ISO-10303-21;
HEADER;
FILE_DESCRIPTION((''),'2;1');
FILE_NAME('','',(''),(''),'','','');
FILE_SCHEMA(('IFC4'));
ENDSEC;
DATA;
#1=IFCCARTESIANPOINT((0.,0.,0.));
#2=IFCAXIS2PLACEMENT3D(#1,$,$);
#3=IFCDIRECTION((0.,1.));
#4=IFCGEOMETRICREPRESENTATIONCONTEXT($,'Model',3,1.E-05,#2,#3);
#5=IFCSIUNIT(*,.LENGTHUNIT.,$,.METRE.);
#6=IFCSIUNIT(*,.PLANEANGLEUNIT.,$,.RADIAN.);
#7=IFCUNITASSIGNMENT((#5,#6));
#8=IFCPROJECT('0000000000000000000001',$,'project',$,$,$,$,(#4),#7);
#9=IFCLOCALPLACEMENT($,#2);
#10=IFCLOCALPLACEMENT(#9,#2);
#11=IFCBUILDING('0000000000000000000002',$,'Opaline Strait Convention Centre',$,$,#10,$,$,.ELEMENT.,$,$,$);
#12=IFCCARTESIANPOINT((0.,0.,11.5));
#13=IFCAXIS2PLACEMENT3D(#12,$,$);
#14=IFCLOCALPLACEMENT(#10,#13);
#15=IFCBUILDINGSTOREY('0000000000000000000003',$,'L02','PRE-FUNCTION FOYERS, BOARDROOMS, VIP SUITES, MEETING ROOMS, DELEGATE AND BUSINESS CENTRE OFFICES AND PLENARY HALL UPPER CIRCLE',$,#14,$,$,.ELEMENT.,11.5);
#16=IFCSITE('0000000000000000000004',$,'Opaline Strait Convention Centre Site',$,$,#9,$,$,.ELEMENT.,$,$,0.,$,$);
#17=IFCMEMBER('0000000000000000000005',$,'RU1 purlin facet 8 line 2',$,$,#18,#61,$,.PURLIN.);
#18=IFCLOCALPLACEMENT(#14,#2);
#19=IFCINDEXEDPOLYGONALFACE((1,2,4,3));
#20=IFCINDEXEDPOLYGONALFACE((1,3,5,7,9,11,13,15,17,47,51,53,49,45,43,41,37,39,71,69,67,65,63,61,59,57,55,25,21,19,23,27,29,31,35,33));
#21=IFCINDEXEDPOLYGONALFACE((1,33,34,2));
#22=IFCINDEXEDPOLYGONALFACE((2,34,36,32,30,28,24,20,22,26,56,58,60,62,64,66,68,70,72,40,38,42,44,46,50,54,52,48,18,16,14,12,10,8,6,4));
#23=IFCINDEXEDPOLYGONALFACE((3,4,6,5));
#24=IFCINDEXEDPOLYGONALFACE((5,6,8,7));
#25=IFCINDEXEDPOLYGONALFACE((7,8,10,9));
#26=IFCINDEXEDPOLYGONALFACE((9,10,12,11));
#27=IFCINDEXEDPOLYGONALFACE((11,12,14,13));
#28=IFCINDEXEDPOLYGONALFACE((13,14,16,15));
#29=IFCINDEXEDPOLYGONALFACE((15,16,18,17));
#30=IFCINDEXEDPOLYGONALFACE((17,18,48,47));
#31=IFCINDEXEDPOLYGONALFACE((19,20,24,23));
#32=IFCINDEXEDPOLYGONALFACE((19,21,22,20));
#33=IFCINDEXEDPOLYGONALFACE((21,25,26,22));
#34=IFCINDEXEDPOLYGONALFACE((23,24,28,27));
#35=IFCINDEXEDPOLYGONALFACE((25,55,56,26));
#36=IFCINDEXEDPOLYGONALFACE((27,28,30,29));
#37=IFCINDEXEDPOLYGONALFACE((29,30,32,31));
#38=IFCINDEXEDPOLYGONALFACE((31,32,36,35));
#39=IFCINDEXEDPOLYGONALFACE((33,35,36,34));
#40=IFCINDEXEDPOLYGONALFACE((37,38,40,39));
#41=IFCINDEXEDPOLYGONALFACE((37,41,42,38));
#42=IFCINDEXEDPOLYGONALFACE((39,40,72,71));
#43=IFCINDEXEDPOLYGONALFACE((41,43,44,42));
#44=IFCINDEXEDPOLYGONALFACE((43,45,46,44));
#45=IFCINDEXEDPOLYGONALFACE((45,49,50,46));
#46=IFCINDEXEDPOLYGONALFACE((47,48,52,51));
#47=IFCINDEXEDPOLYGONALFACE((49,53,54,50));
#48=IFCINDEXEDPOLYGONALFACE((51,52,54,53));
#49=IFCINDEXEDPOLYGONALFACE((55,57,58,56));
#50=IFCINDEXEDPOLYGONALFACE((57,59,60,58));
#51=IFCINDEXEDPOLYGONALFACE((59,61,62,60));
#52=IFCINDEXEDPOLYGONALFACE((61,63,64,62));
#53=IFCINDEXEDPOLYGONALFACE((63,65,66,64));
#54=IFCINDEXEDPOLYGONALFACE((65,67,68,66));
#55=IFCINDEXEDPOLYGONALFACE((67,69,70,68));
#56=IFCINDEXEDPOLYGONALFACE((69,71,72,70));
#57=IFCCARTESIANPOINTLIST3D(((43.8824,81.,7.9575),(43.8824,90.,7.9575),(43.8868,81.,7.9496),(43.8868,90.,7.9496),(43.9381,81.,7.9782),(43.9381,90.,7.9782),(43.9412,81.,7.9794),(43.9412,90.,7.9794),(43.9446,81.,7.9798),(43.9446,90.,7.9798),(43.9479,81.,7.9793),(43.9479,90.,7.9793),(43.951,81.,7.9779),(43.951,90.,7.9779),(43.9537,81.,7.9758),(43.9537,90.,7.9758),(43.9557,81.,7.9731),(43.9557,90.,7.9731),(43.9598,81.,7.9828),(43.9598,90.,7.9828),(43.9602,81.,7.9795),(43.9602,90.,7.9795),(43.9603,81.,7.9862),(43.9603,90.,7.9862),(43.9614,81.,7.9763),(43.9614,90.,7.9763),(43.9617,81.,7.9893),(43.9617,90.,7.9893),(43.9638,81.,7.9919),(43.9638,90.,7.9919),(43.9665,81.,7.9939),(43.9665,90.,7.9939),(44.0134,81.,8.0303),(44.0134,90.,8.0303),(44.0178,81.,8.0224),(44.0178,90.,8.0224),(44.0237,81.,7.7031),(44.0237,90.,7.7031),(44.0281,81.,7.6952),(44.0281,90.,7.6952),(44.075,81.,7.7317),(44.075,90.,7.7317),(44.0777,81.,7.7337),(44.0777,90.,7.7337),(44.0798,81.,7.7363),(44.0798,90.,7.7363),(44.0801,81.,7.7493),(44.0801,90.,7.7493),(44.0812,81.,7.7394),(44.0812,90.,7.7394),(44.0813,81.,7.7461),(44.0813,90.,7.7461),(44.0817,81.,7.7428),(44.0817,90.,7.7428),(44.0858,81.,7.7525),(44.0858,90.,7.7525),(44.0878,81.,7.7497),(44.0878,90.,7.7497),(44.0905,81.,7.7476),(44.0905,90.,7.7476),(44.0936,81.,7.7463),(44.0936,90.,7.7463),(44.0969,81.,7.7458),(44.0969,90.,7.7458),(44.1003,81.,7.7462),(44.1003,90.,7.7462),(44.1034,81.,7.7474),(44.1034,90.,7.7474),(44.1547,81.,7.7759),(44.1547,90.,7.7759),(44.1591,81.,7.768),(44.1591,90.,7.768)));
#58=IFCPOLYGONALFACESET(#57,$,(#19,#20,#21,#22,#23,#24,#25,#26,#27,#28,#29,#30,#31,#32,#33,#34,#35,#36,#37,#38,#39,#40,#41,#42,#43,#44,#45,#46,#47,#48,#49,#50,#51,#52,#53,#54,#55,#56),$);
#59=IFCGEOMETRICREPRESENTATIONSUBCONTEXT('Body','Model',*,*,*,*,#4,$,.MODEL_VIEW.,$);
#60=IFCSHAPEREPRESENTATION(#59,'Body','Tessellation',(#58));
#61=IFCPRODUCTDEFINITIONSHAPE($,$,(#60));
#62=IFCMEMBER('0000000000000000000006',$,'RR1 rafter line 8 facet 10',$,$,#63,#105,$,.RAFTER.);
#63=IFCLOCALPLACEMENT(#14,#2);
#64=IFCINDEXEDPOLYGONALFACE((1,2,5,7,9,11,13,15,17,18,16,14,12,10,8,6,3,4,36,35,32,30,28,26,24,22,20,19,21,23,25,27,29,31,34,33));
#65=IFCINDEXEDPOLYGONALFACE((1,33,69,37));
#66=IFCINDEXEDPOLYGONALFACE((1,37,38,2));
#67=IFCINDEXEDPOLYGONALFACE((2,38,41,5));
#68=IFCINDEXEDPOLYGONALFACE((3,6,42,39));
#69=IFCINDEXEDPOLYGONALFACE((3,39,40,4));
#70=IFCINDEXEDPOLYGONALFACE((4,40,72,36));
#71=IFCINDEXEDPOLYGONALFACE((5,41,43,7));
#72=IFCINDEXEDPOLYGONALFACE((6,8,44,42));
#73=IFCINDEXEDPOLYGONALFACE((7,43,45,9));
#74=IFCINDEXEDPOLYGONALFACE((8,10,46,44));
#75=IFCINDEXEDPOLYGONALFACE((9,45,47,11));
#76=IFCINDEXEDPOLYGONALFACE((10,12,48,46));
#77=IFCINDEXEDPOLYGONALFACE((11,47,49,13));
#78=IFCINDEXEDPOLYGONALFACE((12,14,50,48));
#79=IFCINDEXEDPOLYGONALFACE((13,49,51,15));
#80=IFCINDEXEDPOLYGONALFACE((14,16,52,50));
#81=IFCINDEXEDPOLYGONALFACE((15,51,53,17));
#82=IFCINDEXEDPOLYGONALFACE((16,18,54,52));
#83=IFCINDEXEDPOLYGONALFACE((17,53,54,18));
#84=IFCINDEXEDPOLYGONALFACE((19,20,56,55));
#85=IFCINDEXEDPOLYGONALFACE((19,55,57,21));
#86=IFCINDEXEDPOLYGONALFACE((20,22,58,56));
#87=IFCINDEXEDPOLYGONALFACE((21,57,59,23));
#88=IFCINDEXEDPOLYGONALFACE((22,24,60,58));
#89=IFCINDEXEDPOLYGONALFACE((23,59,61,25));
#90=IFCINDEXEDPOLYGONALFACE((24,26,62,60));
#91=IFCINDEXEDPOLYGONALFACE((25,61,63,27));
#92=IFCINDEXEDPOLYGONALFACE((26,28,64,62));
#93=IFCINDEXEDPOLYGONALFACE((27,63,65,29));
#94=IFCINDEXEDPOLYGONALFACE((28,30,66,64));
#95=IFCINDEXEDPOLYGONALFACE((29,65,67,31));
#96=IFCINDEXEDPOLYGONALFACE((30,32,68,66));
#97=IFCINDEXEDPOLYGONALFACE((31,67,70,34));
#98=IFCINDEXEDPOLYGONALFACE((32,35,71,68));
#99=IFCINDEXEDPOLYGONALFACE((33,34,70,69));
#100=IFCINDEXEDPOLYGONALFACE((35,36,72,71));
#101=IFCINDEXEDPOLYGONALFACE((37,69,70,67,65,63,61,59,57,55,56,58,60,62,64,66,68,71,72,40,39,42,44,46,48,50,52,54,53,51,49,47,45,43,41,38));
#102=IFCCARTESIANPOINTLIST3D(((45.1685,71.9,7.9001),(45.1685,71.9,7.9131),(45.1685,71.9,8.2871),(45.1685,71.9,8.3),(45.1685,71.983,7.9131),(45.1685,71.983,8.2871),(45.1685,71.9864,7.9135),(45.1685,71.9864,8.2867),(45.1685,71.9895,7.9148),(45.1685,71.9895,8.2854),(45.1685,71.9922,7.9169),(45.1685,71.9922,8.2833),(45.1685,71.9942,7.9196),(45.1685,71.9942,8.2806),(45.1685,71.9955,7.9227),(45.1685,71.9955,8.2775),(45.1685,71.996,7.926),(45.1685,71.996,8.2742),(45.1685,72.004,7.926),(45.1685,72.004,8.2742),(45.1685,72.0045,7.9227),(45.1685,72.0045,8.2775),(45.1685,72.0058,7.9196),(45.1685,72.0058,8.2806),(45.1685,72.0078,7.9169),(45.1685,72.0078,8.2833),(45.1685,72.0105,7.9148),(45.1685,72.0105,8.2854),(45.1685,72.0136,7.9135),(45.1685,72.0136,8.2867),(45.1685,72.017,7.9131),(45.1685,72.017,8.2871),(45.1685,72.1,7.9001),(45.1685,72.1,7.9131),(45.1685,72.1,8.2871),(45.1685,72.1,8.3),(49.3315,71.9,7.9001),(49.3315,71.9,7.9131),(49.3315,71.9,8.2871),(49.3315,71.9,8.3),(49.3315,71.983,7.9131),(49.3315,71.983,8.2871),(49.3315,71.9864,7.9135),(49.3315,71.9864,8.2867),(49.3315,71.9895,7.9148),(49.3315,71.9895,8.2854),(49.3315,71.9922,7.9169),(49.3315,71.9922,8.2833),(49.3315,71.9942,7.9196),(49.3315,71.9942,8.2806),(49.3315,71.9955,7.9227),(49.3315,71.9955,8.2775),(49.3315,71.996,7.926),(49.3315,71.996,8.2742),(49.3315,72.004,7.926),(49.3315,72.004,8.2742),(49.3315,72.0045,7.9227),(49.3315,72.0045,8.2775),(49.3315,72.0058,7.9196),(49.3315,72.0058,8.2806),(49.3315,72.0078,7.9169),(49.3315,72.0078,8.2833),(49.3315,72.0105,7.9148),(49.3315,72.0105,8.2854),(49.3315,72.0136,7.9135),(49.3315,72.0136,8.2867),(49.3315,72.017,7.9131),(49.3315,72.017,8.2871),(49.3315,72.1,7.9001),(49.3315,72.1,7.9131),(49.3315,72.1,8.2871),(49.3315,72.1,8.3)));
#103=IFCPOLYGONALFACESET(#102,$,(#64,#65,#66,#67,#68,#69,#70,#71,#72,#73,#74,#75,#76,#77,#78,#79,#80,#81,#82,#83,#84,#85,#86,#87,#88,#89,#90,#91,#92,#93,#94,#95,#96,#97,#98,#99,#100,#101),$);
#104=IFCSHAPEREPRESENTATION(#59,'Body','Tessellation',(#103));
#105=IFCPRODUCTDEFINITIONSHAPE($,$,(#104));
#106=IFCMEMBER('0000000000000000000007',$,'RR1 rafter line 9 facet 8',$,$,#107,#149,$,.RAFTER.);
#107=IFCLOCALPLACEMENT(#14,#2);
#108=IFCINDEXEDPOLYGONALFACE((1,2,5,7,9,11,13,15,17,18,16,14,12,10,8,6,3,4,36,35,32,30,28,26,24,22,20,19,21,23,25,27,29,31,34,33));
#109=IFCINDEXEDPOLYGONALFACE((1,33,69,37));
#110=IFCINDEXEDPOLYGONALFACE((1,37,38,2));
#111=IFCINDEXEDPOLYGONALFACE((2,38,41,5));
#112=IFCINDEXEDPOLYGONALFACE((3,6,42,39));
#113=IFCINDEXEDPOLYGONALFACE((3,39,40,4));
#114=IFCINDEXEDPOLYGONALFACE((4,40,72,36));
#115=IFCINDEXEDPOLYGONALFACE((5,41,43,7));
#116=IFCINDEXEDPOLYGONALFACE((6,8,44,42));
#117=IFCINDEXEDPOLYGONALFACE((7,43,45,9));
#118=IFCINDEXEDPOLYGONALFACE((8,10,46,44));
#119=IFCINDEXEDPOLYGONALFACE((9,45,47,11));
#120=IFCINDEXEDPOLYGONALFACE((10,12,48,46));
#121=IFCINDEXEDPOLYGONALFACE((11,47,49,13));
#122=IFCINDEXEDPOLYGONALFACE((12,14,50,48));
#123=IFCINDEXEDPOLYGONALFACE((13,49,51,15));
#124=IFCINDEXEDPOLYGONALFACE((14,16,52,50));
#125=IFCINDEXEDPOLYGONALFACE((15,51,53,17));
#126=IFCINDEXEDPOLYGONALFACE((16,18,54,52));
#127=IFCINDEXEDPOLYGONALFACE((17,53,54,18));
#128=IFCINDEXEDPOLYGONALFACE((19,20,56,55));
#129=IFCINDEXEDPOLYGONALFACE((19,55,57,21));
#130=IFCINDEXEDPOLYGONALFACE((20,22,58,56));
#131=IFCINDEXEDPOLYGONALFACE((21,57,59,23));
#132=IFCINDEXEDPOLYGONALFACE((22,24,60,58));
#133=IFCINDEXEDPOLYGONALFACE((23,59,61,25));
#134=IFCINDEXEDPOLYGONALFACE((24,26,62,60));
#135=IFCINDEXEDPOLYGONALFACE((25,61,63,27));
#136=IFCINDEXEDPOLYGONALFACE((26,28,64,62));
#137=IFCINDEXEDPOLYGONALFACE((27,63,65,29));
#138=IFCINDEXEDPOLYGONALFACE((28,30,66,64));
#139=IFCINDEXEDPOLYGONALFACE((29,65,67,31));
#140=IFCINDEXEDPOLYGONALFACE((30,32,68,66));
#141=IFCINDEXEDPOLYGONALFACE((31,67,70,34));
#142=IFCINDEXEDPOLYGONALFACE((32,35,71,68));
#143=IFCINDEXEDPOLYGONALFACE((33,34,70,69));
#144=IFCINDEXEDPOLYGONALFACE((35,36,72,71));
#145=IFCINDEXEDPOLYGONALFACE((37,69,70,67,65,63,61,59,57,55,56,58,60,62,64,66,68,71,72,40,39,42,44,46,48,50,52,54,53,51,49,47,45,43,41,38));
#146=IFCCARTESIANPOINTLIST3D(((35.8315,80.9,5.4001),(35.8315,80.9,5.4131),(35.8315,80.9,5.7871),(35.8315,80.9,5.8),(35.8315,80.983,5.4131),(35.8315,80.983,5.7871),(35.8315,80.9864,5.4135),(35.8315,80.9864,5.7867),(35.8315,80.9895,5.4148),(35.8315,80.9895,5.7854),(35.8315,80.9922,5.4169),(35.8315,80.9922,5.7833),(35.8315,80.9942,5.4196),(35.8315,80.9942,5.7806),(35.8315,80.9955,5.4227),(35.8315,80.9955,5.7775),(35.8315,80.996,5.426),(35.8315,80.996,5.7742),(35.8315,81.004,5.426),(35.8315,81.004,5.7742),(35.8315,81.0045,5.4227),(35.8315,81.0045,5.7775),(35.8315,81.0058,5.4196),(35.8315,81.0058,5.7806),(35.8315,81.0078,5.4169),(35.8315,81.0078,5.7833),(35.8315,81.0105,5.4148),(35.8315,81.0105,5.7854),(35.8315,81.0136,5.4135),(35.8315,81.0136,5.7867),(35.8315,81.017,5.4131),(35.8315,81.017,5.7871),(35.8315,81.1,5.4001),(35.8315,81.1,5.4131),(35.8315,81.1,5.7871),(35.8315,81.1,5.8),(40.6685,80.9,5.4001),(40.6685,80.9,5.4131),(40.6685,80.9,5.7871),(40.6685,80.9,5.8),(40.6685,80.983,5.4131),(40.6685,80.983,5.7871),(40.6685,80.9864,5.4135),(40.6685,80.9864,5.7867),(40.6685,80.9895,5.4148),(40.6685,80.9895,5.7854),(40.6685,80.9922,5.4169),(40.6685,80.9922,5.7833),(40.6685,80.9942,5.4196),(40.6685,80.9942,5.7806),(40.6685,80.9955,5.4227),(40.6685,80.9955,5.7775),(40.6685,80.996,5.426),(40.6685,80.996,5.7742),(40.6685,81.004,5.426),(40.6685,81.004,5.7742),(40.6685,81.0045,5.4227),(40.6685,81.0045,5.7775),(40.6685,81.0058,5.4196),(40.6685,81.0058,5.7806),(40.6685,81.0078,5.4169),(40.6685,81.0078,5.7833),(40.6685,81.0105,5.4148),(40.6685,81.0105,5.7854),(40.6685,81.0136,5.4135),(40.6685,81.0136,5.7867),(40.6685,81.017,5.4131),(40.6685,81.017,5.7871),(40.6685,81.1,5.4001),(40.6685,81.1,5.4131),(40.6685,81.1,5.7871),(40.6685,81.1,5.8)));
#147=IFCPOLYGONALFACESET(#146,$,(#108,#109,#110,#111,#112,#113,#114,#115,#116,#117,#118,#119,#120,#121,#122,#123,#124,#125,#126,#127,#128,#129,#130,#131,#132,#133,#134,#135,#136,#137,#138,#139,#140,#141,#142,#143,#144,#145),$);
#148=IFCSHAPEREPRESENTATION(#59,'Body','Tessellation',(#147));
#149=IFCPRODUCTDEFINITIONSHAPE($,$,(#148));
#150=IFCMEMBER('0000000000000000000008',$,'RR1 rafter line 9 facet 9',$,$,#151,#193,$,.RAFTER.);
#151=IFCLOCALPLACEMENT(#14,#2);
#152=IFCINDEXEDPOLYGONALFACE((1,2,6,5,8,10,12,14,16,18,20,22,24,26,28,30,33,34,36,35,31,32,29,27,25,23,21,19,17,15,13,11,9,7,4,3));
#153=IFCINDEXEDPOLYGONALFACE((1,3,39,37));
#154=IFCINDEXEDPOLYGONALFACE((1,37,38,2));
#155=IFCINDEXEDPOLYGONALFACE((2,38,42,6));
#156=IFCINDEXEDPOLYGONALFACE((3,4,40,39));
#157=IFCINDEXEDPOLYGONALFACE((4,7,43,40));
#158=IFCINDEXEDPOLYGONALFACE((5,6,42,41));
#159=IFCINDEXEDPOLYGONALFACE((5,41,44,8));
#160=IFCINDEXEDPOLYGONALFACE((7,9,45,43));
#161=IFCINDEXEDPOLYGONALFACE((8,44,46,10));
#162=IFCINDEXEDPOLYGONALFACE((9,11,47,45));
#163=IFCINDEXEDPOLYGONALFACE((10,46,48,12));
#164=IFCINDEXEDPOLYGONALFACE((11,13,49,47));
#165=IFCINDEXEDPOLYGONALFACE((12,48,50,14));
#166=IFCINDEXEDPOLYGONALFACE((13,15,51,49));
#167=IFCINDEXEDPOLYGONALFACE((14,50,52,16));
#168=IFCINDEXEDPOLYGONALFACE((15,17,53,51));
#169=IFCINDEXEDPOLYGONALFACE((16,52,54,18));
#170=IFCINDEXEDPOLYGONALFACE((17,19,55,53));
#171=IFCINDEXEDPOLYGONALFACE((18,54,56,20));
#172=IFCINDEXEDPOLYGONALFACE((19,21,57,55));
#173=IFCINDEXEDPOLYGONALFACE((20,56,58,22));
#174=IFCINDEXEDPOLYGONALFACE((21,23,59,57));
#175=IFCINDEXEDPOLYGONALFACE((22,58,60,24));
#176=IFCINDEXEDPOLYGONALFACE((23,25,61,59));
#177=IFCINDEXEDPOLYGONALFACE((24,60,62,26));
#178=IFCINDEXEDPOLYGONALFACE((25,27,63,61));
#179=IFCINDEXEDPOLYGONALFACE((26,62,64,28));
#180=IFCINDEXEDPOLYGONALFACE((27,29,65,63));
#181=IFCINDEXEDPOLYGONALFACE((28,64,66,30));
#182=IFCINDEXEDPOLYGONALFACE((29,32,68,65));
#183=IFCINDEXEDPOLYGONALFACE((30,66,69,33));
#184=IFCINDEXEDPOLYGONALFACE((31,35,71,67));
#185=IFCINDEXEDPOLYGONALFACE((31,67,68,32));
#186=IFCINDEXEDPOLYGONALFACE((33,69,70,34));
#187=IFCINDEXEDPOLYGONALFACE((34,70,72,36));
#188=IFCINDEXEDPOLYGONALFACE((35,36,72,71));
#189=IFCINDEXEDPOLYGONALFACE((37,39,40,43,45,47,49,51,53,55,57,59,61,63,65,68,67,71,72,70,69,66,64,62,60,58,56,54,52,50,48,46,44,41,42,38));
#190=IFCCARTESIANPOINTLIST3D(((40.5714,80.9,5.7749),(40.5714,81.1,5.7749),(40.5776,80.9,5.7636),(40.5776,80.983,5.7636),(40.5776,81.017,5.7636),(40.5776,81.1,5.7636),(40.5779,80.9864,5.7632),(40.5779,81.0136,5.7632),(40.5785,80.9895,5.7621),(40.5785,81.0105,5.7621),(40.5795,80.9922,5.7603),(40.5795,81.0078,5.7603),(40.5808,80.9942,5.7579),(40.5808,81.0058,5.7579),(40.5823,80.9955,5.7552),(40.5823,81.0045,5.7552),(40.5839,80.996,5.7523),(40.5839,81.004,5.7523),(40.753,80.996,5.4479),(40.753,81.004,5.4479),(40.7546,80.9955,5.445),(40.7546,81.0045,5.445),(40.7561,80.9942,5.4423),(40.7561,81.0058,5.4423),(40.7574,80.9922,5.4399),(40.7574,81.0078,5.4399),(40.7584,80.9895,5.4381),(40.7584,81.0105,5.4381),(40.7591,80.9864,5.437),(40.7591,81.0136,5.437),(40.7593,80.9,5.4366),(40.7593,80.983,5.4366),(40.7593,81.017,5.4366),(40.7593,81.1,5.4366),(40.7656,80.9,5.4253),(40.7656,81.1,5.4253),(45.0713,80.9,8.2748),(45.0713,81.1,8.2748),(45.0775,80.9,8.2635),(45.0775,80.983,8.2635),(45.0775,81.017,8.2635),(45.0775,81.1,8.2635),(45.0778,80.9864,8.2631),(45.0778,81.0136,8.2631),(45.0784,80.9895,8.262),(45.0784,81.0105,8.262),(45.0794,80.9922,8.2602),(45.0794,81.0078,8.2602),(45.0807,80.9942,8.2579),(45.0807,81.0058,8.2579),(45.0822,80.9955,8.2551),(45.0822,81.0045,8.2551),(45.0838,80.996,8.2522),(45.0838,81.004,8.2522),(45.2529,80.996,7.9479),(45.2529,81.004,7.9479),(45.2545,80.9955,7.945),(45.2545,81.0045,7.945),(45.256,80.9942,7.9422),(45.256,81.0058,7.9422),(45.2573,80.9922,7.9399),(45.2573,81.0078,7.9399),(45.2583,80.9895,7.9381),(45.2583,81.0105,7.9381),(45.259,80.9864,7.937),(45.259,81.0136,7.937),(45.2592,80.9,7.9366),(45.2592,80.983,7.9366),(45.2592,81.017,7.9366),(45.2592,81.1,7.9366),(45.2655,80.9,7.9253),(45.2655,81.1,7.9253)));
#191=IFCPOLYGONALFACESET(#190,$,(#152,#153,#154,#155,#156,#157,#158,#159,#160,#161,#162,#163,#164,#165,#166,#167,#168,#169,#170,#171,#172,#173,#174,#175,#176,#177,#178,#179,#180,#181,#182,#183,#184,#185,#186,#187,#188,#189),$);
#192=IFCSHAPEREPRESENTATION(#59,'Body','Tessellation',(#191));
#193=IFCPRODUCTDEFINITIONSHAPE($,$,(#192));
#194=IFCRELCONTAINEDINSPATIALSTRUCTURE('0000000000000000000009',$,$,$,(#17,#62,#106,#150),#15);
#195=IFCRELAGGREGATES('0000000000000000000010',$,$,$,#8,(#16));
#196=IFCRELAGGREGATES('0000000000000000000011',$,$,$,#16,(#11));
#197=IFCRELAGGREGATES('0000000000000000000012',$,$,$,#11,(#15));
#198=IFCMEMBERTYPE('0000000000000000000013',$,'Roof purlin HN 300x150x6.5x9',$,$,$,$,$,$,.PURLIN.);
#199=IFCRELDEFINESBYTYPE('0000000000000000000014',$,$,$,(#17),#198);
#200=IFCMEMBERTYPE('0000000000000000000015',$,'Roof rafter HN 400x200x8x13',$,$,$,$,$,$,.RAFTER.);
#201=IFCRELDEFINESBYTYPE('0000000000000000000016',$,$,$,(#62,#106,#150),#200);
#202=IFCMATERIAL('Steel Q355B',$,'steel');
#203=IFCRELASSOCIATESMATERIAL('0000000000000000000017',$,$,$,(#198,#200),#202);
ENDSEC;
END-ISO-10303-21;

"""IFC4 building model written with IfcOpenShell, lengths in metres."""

from ifc_helpers import new_model, si_unit, direction, frame, origin, origin_2d, place, context, subcontext, project, spatial, i_section, extrude, material, material_profile, profile_set, type_object, element, save


model = new_model("IFC4")

# Units and contexts
model_context = context("Model", 3, precision=1e-05, world=origin(), true_north=direction((0.0, 1.0)))
body_context = subcontext(model_context, "Body", "Model", "MODEL_VIEW")
ifc_project = project(units=[si_unit("LENGTHUNIT", "METRE"), si_unit("PLANEANGLEUNIT", "RADIAN")], contexts=[model_context])

# Site, building, storey
site_placement = place(None, origin())
site = spatial("IfcSite", under=ifc_project, at=site_placement, Name="Opaline Strait Convention Centre Site", CompositionType="ELEMENT", RefElevation=0.0)
building_placement = place(site_placement, origin())
building = spatial("IfcBuilding", under=site, at=building_placement, Name="Opaline Strait Convention Centre", CompositionType="ELEMENT")
storey_placement = place(building_placement, frame((0.0, 0.0, 11.5)))
storey = spatial("IfcBuildingStorey", under=building, at=storey_placement, Name="L02", Description="PRE-FUNCTION FOYERS, BOARDROOMS, VIP SUITES, MEETING ROOMS, DELEGATE AND BUSINESS CENTRE OFFICES AND PLENARY HALL UPPER CIRCLE", CompositionType="ELEMENT", Elevation=11.5)

# Shared definitions
ifc_material_1 = material(Name="Steel Q355B", Category="steel")

# Members
ifc_material_profile_1 = material_profile(ifc_material_1, i_section(OverallWidth=0.1499, OverallDepth=0.3, WebThickness=0.0066, FlangeThickness=0.009, FilletRadius=0.0129, at=origin_2d()), Name="HN 300x150x6.5x9")
ifc_profile_set_1 = profile_set([ifc_material_profile_1], Name="Steel Q355B")
member_type_1 = type_object("IfcMemberType", Name="Roof purlin HN 300x150x6.5x9", PredefinedType="PURLIN", material=ifc_profile_set_1)
for number, where, z_axis, x_axis, name in (
    (1, (44.0208, 81.0, 7.8628), (0.0, 1.0, 0.0), (-0.874157, 0.0, -0.485643), "RU1 purlin facet 8 line 2"),
):
    element("IfcMember", number, at=place(storey_placement, frame(where, z_axis=z_axis, x_axis=x_axis)), inside=storey, type_object=member_type_1, Name=name, PredefinedType="PURLIN", context=body_context, shape_type="SweptSolid", body=[
        extrude(i_section(OverallWidth=0.1499, OverallDepth=0.3, WebThickness=0.0066, FlangeThickness=0.009, FilletRadius=0.0129, at=origin_2d()), origin(), (0.0, 0.0, 1.0), 9.0),
    ])
ifc_material_profile_2 = material_profile(ifc_material_1, i_section(OverallWidth=0.2, OverallDepth=0.3999, WebThickness=0.0081, FlangeThickness=0.0129, FilletRadius=0.0129, at=origin_2d()), Name="HN 400x200x8x13")
ifc_profile_set_2 = profile_set([ifc_material_profile_2], Name="Steel Q355B")
member_type_2 = type_object("IfcMemberType", Name="Roof rafter HN 400x200x8x13", PredefinedType="RAFTER", material=ifc_profile_set_2)
member_1_placement = place(storey_placement, frame((45.1685, 72.0, 8.1001), z_axis=(1.0, 0.0, 0.0), x_axis=(0.0, 1.0, 0.0)))
element("IfcMember", 2, at=member_1_placement, inside=storey, type_object=member_type_2, Name="RR1 rafter line 8 facet 10", PredefinedType="RAFTER", context=body_context, shape_type="SweptSolid", body=[
    extrude(i_section(OverallWidth=0.2, OverallDepth=0.3999, WebThickness=0.0081, FlangeThickness=0.0129, FilletRadius=0.0129, at=origin_2d()), origin(), (0.0, 0.0, 1.0), 4.1631),
])
member_2_placement = place(storey_placement, frame((35.8315, 81.0, 5.6001), z_axis=(1.0, 0.0, 0.0), x_axis=(0.0, 1.0, 0.0)))
element("IfcMember", 3, at=member_2_placement, inside=storey, type_object=member_type_2, Name="RR1 rafter line 9 facet 8", PredefinedType="RAFTER", context=body_context, shape_type="SweptSolid", body=[
    extrude(i_section(OverallWidth=0.2, OverallDepth=0.3999, WebThickness=0.0081, FlangeThickness=0.0129, FilletRadius=0.0129, at=origin_2d()), origin(), (0.0, 0.0, 1.0), 4.8369),
])
member_3_placement = place(storey_placement, frame((40.6685, 81.0, 5.6001), z_axis=(0.874157, 0.0, 0.485643), x_axis=(0.0, 1.0, 0.0)))
element("IfcMember", 4, at=member_3_placement, inside=storey, type_object=member_type_2, Name="RR1 rafter line 9 facet 9", PredefinedType="RAFTER", context=body_context, shape_type="SweptSolid", body=[
    extrude(i_section(OverallWidth=0.2, OverallDepth=0.3999, WebThickness=0.0081, FlangeThickness=0.0129, FilletRadius=0.0129, at=origin_2d()), origin(), (0.0, 0.0, 1.0), 5.1477),
])

save(model, "model.ifc")
